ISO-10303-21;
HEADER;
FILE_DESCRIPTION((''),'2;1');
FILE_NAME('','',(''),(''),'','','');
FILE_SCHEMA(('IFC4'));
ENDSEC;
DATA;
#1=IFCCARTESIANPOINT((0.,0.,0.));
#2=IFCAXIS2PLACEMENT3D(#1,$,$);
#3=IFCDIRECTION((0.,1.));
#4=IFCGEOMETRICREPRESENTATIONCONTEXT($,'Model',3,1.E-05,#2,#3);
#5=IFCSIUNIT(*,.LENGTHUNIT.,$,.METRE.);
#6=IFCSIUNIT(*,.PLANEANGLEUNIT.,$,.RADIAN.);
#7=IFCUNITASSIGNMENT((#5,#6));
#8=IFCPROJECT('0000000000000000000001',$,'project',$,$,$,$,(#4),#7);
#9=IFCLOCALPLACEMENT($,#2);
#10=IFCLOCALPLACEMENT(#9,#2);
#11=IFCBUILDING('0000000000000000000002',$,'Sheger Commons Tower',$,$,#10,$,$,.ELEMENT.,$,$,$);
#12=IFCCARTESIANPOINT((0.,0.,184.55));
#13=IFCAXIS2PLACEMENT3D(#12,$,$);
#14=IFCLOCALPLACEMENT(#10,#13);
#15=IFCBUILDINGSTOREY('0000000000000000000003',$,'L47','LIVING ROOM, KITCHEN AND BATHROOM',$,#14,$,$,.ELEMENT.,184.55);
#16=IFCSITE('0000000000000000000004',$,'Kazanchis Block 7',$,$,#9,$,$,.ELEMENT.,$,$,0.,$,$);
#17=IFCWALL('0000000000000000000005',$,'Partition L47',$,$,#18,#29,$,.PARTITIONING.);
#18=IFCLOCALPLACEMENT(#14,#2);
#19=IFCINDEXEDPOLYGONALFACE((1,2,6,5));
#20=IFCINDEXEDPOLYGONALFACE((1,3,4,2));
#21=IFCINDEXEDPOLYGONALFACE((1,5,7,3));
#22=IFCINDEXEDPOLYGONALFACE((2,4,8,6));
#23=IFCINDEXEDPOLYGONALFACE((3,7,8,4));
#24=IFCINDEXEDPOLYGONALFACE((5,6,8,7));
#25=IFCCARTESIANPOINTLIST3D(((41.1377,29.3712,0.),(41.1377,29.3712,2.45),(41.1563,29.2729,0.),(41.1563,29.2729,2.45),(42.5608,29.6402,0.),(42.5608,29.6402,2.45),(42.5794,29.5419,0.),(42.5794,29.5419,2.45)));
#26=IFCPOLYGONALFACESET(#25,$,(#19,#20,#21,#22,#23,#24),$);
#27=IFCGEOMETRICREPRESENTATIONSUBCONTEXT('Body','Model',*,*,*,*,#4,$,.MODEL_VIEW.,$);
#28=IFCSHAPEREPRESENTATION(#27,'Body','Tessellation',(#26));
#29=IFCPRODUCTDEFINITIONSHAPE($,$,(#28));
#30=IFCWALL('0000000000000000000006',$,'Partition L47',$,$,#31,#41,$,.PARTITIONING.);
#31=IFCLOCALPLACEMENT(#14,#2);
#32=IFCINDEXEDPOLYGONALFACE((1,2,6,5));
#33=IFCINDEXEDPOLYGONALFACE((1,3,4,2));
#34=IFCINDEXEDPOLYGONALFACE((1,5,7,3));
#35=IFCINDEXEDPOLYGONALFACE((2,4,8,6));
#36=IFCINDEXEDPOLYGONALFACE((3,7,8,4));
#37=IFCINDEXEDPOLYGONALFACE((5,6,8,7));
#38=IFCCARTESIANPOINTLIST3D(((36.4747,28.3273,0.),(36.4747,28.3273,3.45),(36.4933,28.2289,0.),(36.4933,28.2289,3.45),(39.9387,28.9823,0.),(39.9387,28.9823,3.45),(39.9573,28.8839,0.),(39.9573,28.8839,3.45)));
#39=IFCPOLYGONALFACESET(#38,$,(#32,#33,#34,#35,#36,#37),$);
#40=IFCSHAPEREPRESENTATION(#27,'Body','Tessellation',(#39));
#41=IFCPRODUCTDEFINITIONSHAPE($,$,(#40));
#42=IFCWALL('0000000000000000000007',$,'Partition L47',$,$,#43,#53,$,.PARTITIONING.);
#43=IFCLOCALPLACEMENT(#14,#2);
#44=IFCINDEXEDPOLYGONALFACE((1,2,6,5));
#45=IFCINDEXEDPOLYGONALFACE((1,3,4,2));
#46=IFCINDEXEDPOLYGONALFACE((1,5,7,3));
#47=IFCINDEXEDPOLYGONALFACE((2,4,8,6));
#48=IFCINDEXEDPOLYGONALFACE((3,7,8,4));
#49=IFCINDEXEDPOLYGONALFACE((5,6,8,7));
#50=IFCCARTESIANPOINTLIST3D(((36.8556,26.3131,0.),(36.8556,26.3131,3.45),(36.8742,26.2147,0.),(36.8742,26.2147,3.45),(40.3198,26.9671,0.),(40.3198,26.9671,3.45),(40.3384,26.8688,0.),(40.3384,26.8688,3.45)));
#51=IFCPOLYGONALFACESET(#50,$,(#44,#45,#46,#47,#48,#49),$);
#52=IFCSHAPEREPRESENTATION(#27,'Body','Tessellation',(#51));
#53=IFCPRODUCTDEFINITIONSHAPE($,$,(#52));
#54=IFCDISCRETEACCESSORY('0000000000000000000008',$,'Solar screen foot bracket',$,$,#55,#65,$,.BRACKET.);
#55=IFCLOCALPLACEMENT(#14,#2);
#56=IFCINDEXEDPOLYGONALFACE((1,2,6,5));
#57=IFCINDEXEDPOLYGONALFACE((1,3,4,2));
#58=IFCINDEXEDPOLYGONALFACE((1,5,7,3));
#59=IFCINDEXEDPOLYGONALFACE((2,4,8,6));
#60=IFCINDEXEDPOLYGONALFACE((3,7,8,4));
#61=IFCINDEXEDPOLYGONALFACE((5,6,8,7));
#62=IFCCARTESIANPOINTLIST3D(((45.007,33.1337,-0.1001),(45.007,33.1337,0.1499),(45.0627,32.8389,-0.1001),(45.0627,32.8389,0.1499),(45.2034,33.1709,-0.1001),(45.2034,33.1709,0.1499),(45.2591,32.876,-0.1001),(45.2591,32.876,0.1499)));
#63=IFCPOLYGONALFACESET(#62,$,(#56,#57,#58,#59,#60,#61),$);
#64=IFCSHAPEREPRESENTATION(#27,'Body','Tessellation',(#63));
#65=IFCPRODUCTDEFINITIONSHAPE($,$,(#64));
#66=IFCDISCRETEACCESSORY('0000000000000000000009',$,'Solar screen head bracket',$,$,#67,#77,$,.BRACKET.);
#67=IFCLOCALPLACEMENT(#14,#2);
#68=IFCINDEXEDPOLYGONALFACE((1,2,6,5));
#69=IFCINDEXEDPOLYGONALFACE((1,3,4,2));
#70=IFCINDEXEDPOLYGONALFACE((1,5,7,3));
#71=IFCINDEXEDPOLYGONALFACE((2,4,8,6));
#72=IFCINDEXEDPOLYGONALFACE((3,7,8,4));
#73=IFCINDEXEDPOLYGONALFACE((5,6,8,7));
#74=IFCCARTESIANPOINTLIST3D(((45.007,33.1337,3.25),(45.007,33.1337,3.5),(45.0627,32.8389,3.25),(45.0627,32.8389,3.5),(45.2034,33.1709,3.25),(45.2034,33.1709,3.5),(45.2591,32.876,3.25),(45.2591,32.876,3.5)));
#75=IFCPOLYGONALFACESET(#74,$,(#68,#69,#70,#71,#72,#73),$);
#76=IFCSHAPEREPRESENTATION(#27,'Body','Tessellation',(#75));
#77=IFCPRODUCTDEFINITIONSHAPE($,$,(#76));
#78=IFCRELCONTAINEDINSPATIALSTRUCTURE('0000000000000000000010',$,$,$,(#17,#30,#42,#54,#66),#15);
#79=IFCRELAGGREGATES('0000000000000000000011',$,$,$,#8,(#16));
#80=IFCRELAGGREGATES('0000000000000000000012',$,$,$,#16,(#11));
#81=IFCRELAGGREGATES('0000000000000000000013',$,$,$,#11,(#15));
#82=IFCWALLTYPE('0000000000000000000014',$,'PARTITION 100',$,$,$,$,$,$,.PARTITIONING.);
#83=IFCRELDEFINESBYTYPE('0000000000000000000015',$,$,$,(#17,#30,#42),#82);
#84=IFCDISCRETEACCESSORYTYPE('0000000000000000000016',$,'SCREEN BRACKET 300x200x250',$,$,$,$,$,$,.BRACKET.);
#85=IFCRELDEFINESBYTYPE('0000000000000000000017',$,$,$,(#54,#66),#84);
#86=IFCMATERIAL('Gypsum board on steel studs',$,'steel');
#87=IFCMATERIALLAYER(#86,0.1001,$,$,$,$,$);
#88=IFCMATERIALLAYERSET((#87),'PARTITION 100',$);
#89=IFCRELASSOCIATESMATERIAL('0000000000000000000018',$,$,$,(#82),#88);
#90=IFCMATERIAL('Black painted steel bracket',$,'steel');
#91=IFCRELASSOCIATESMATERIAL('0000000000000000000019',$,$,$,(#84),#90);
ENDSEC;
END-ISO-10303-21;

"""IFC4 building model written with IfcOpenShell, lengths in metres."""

from ifc_helpers import new_model, si_unit, direction, frame, frame_2d, origin, origin_2d, place, context, subcontext, project, spatial, rectangle, extrude, material, layer, layer_set, type_object, element, save


model = new_model("IFC4")

# Units and contexts
model_context = context("Model", 3, precision=1e-05, world=origin(), true_north=direction((0.0, 1.0)))
body_context = subcontext(model_context, "Body", "Model", "MODEL_VIEW")
ifc_project = project(units=[si_unit("LENGTHUNIT", "METRE"), si_unit("PLANEANGLEUNIT", "RADIAN")], contexts=[model_context])

# Site, building, storey
site_placement = place(None, origin())
site = spatial("IfcSite", under=ifc_project, at=site_placement, Name="Kazanchis Block 7", CompositionType="ELEMENT", RefElevation=0.0)
building_placement = place(site_placement, origin())
building = spatial("IfcBuilding", under=site, at=building_placement, Name="Sheger Commons Tower", CompositionType="ELEMENT")
storey_placement = place(building_placement, frame((0.0, 0.0, 184.55)))
storey = spatial("IfcBuildingStorey", under=building, at=storey_placement, Name="L47", Description="LIVING ROOM, KITCHEN AND BATHROOM", CompositionType="ELEMENT", Elevation=184.55)

# Shared definitions
ifc_material_1 = material(Name="Gypsum board on steel studs", Category="steel")
ifc_layer_1 = layer(ifc_material_1, 0.1001)
ifc_layer_set_1 = layer_set([ifc_layer_1], Name="PARTITION 100")
wall_type_1 = type_object("IfcWallType", Name="PARTITION 100", PredefinedType="PARTITIONING", material=ifc_layer_set_1)

# Walls
wall_1_placement = place(storey_placement, frame((42.5701, 29.5911, 0.0), z_axis=(0.0, 0.0, 1.0), x_axis=(-0.982594, -0.185764, 0.0)))
element("IfcWall", 1, at=wall_1_placement, inside=storey, type_object=wall_type_1, Name="Partition L47", PredefinedType="PARTITIONING", context=body_context, shape_type="SweptSolid", body=[
    extrude(rectangle(XDim=1.4482, YDim=0.1001, at=frame_2d((0.7241, 0.0))), origin(), (0.0, 0.0, 1.0), 2.45),
])
for number, where, z_axis, x_axis, name in (
    (2, (39.948, 28.9331, 0.0), (0.0, 0.0, 1.0), (-0.982588, -0.185798, 0.0), "Partition L47"),
    (3, (40.3291, 26.918, 0.0), (0.0, 0.0, 1.0), (-0.982639, -0.18553, 0.0), "Partition L47"),
):
    element("IfcWall", number, at=place(storey_placement, frame(where, z_axis=z_axis, x_axis=x_axis)), inside=storey, type_object=wall_type_1, Name=name, PredefinedType="PARTITIONING", context=body_context, shape_type="SweptSolid", body=[
        extrude(rectangle(XDim=3.5254, YDim=0.1001, at=frame_2d((1.7627, 0.0))), origin(), (0.0, 0.0, 1.0), 3.45),
    ])

# Discrete accessories
ifc_material_2 = material(Name="Black painted steel bracket", Category="steel")
discrete_accessory_type = type_object("IfcDiscreteAccessoryType", Name="SCREEN BRACKET 300x200x250", PredefinedType="BRACKET", material=ifc_material_2)
for number, where, z_axis, x_axis, name in (
    (4, (45.1331, 33.0049, -0.1001), (0.0, 0.0, 1.0), (-0.185615, 0.982623, 0.0), "Solar screen foot bracket"),
    (5, (45.1331, 33.0049, 3.25), (0.0, 0.0, 1.0), (-0.185615, 0.982623, 0.0), "Solar screen head bracket"),
):
    element("IfcDiscreteAccessory", number, at=place(storey_placement, frame(where, z_axis=z_axis, x_axis=x_axis)), inside=storey, type_object=discrete_accessory_type, Name=name, PredefinedType="BRACKET", context=body_context, shape_type="SweptSolid", body=[
        extrude(rectangle(XDim=0.3, YDim=0.2, at=origin_2d()), origin(), (0.0, 0.0, 1.0), 0.25),
    ])

save(model, "model.ifc")
